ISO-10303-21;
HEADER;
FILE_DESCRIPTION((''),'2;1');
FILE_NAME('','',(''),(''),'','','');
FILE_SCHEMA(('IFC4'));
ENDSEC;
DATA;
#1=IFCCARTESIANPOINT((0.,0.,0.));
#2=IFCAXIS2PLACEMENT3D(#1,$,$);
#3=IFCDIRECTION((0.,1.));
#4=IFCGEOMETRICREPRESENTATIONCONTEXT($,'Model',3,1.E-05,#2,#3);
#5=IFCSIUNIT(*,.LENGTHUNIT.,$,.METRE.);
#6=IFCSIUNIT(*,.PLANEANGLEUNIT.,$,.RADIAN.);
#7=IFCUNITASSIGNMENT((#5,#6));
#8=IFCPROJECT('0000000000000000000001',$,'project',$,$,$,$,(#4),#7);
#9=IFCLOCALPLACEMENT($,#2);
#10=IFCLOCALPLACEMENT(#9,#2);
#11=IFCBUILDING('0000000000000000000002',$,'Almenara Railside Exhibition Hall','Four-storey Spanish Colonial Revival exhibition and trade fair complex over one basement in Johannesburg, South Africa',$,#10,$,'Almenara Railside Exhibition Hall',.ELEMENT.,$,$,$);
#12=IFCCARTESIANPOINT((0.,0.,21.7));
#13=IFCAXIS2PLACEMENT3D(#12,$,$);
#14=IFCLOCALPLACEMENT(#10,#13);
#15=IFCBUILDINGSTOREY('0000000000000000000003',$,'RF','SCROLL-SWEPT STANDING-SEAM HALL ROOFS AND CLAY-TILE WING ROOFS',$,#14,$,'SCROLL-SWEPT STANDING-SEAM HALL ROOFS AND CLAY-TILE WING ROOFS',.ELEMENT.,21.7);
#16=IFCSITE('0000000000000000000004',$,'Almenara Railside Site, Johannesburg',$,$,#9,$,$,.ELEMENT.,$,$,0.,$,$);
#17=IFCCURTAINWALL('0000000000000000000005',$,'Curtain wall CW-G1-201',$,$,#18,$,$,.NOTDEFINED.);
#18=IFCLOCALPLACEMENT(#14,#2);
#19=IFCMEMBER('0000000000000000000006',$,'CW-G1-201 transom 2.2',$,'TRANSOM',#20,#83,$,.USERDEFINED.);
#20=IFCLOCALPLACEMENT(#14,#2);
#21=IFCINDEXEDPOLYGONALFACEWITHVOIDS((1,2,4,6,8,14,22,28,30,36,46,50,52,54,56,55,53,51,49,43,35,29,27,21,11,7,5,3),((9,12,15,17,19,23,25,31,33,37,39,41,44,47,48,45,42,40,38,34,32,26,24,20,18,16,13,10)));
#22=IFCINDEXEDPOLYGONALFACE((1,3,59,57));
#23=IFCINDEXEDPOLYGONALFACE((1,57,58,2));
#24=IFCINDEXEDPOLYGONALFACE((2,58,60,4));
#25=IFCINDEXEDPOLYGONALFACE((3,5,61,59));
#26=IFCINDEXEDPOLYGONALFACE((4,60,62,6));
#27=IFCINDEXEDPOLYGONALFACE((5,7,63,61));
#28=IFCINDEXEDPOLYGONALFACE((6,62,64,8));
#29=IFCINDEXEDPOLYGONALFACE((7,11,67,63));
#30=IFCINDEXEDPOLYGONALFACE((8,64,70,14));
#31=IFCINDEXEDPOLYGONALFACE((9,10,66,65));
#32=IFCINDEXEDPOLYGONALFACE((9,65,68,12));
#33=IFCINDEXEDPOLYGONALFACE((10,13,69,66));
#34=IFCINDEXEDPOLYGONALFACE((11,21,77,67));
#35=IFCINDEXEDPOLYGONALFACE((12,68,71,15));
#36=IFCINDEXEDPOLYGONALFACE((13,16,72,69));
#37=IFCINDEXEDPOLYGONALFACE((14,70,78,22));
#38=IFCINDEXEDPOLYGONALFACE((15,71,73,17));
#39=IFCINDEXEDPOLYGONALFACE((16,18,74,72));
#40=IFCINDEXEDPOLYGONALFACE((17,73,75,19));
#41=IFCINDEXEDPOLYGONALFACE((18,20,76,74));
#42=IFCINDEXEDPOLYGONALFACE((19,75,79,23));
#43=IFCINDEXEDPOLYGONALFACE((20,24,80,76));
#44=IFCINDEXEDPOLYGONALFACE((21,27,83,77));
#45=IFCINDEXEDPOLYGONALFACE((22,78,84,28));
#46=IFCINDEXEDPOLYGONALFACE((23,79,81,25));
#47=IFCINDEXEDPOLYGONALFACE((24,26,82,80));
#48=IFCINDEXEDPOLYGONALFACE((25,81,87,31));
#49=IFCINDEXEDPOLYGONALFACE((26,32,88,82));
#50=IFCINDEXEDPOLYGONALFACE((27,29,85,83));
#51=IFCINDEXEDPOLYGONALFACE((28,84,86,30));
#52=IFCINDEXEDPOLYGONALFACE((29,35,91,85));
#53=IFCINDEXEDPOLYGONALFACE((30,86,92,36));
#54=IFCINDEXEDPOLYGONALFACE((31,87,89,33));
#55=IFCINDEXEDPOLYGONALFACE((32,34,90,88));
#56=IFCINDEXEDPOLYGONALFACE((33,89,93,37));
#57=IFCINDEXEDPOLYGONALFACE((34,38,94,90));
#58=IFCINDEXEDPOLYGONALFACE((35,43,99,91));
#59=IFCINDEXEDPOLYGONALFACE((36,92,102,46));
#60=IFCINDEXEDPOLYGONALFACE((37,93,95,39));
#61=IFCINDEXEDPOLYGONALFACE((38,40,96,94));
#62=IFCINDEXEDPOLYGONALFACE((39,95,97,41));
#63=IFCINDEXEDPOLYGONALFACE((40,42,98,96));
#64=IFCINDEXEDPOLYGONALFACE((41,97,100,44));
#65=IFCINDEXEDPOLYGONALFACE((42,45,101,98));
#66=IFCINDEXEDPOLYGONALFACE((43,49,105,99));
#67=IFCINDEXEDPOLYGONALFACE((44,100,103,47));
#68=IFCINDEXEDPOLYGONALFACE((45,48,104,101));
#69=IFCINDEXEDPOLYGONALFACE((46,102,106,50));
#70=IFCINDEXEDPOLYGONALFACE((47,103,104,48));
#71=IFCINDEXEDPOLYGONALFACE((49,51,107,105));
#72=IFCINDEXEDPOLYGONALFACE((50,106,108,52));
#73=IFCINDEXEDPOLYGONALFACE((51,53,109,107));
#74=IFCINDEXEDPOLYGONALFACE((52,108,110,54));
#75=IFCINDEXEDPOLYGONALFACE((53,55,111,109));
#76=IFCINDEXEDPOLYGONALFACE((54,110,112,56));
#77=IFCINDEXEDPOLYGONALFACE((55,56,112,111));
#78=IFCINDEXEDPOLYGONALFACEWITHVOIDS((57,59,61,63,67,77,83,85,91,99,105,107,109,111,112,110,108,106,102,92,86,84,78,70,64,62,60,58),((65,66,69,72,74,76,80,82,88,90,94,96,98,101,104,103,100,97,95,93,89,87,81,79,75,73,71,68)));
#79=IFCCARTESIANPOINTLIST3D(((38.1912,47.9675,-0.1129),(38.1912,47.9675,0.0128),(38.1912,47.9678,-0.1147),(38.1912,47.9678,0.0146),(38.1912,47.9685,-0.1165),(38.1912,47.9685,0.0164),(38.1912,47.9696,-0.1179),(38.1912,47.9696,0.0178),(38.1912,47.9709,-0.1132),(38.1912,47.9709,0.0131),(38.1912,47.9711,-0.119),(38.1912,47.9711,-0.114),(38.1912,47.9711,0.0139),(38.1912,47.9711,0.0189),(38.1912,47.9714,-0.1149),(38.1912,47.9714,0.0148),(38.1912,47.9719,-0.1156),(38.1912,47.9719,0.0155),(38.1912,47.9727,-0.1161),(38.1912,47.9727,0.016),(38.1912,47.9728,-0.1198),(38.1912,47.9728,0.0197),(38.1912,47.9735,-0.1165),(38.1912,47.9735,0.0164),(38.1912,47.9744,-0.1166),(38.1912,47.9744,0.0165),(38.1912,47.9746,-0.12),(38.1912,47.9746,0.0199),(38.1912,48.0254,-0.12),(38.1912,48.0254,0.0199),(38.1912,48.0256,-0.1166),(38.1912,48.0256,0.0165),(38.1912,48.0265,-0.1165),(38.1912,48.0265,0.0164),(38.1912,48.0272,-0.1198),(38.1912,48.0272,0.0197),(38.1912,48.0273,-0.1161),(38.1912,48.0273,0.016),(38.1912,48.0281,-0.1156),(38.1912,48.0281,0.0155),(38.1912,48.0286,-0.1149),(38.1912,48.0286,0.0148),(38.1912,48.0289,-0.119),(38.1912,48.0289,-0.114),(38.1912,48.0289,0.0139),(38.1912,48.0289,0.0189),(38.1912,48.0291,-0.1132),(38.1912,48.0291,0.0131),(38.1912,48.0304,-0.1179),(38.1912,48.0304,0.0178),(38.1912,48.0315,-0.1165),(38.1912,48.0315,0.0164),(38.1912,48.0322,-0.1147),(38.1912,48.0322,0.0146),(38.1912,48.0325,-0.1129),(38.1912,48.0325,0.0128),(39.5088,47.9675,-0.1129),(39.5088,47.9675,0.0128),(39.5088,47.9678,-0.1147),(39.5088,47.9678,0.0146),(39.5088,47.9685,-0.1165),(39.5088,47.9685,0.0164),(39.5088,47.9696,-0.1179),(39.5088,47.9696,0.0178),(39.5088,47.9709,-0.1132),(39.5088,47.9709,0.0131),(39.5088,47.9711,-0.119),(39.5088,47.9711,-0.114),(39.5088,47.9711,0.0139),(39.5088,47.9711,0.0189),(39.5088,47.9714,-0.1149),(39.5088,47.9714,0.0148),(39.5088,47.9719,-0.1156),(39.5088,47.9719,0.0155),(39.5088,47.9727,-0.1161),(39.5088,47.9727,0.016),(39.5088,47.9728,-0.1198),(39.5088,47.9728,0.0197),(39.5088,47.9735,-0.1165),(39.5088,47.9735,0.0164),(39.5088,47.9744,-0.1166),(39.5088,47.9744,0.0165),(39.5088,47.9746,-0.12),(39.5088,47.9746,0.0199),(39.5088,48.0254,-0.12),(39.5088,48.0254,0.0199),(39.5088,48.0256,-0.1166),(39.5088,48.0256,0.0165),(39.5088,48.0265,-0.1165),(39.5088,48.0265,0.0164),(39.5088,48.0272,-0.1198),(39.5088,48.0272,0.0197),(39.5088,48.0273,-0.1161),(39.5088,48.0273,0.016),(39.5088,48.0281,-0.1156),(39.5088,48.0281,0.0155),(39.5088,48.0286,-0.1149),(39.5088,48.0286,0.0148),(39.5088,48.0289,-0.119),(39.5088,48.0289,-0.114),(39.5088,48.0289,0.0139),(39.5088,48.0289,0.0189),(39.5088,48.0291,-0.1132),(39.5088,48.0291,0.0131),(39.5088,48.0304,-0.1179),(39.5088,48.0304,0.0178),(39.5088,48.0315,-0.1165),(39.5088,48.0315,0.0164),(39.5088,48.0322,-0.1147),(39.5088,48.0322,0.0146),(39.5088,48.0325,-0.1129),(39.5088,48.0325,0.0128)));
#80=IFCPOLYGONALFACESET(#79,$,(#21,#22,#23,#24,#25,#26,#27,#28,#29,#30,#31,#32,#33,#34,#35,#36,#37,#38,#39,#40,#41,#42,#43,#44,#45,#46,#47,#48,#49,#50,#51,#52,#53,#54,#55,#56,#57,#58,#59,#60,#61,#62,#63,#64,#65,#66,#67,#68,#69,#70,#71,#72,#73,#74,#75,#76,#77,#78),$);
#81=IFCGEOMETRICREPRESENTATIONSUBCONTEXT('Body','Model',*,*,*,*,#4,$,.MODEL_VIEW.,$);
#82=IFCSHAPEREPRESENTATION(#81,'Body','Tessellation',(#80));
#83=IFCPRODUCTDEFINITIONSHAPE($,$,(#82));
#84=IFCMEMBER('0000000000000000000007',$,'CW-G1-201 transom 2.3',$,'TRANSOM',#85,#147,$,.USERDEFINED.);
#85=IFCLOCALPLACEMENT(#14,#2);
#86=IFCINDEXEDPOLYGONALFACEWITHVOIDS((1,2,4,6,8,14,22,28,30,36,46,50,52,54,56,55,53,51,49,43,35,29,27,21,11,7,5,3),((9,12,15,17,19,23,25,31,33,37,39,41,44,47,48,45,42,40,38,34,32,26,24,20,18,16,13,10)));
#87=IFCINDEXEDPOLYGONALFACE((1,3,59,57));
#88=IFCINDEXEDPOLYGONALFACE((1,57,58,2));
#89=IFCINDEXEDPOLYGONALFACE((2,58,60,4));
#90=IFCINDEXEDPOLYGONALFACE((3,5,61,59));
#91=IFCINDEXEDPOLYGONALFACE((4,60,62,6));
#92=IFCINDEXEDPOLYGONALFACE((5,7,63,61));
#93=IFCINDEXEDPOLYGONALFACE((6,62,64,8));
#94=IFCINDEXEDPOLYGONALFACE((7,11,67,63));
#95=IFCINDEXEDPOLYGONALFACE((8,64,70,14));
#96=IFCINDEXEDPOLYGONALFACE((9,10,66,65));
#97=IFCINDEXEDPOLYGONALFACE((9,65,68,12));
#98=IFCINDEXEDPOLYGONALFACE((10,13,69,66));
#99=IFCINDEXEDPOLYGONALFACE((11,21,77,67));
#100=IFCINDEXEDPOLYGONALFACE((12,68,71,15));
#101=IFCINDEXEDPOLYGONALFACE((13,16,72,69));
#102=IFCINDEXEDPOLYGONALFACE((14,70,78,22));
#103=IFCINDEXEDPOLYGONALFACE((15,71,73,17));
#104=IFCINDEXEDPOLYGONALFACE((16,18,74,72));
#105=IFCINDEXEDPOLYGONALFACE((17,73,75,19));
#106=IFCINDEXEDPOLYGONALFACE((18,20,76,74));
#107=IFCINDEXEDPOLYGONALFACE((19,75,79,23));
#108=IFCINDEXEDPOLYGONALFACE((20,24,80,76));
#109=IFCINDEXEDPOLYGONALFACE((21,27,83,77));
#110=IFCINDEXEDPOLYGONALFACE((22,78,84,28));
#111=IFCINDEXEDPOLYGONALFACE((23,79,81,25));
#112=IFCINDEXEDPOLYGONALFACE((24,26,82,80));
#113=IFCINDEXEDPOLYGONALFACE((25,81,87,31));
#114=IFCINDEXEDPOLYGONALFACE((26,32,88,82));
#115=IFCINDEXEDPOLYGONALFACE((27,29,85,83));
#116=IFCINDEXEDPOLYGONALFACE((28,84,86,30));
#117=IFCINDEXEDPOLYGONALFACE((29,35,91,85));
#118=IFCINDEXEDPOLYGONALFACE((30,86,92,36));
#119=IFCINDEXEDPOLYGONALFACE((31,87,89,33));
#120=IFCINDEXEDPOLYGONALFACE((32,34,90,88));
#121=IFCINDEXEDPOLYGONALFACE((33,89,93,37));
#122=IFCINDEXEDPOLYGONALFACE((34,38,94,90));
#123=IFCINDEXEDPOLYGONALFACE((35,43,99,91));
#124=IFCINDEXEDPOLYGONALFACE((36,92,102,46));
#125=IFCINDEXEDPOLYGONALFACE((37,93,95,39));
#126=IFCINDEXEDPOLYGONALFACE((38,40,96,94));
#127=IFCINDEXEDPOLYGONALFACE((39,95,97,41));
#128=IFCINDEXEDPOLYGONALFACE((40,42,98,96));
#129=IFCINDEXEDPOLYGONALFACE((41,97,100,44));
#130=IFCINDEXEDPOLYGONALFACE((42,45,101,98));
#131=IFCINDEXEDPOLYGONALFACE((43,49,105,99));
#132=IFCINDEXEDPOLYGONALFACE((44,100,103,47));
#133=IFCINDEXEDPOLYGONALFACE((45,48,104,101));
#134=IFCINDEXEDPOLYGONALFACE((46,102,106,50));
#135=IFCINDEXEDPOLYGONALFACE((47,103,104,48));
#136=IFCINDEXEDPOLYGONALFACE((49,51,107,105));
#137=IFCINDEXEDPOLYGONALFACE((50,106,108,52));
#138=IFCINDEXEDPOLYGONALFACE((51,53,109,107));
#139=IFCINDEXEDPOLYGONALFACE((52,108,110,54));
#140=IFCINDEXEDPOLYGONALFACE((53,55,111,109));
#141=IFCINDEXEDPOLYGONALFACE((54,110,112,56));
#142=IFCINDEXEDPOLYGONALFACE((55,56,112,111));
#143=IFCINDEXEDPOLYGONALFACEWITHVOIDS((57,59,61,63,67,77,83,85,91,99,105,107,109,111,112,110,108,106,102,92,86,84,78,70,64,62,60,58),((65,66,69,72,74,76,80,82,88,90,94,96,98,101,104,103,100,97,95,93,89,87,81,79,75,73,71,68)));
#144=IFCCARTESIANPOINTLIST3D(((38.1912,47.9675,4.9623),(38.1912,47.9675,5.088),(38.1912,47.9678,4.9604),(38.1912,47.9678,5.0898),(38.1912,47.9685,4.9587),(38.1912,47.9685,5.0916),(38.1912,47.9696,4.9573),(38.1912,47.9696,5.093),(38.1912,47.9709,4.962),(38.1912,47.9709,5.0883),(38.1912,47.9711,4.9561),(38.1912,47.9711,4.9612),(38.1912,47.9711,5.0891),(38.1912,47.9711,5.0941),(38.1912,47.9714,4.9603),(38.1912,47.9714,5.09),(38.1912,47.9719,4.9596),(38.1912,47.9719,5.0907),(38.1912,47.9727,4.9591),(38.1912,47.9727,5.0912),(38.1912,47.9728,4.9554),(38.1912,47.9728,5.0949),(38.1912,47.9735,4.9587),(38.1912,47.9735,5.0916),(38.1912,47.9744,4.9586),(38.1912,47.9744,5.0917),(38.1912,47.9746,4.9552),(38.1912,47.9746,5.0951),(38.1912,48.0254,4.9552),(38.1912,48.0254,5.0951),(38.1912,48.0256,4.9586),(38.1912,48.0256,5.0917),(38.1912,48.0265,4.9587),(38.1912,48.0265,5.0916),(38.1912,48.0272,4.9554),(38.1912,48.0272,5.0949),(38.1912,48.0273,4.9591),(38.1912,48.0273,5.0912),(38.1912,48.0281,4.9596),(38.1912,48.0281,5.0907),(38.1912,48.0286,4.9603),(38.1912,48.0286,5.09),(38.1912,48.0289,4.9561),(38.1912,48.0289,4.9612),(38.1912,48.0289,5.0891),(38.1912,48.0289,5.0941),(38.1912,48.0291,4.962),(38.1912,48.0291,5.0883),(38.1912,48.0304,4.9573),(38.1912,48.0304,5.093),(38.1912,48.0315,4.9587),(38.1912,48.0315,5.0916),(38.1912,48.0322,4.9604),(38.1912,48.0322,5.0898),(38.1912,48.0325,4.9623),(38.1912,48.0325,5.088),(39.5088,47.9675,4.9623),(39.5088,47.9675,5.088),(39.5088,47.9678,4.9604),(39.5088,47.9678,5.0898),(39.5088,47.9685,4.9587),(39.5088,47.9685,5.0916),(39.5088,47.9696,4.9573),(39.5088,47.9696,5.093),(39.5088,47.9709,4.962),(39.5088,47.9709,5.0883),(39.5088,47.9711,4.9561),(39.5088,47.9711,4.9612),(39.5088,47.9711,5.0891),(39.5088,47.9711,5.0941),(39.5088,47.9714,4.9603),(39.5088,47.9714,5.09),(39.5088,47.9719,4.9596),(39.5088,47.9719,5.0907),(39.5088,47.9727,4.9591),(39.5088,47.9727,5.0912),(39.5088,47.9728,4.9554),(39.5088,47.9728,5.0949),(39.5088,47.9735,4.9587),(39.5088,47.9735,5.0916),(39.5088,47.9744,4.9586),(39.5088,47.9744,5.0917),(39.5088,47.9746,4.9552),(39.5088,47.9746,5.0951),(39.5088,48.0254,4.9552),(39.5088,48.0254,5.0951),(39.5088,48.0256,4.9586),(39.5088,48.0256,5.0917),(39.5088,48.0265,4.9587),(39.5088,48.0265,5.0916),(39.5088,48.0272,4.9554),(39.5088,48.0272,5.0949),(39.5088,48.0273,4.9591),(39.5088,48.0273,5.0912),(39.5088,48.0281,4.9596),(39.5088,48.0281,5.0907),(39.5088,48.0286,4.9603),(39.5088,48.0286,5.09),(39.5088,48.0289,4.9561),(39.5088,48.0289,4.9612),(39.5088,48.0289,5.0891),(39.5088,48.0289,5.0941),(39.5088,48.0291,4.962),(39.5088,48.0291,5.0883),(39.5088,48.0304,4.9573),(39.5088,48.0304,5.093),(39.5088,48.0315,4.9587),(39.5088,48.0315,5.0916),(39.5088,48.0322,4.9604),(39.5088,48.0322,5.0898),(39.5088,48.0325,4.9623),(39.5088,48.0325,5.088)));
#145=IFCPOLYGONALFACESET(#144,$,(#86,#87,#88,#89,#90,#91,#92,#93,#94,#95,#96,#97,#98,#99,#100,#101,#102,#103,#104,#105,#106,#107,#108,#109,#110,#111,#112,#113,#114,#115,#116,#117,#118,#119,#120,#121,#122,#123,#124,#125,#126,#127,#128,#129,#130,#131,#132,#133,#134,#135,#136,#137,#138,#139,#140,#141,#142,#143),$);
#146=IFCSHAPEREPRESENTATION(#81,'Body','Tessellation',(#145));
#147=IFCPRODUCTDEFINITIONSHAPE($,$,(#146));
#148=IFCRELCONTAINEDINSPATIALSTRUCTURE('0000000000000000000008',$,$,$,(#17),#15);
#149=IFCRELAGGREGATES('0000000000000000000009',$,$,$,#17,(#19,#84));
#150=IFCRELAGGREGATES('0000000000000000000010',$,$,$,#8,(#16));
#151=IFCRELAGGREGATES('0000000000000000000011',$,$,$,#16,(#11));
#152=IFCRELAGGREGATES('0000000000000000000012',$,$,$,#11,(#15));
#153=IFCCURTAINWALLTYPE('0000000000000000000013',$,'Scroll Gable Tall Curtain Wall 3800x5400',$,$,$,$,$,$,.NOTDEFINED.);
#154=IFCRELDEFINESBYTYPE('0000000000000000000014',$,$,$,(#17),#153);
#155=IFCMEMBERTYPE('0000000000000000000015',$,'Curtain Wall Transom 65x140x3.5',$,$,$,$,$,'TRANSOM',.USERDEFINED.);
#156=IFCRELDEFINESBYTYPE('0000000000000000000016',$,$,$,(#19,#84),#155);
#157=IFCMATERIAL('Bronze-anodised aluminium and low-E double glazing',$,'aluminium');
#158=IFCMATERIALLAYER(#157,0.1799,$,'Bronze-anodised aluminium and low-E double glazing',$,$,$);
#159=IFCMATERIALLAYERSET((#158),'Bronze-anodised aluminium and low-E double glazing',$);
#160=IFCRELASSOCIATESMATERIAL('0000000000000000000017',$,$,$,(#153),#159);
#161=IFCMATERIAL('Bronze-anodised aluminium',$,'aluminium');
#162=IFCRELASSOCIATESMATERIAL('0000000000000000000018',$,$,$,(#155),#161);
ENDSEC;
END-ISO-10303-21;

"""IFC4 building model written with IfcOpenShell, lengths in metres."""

from ifc_helpers import new_model, si_unit, direction, frame, origin, origin_2d, place, context, subcontext, project, spatial, hollow_rectangle, extrude, material, layer, layer_set, material_profile, profile_set, type_object, element, aggregate, save


model = new_model("IFC4")

# Units and contexts
model_context = context("Model", 3, precision=1e-05, world=origin(), true_north=direction((0.0, 1.0)))
body_context = subcontext(model_context, "Body", "Model", "MODEL_VIEW")
ifc_project = project(units=[si_unit("LENGTHUNIT", "METRE"), si_unit("PLANEANGLEUNIT", "RADIAN")], contexts=[model_context])

# Site, building, storey
site_placement = place(None, origin())
site = spatial("IfcSite", under=ifc_project, at=site_placement, Name="Almenara Railside Site, Johannesburg", CompositionType="ELEMENT", RefElevation=0.0)
building_placement = place(site_placement, origin())
building = spatial("IfcBuilding", under=site, at=building_placement, Name="Almenara Railside Exhibition Hall", Description="Four-storey Spanish Colonial Revival exhibition and trade fair complex over one basement in Johannesburg, South Africa", LongName="Almenara Railside Exhibition Hall", CompositionType="ELEMENT")
storey_placement = place(building_placement, frame((0.0, 0.0, 21.7)))
storey = spatial("IfcBuildingStorey", under=building, at=storey_placement, Name="RF", Description="SCROLL-SWEPT STANDING-SEAM HALL ROOFS AND CLAY-TILE WING ROOFS", LongName="SCROLL-SWEPT STANDING-SEAM HALL ROOFS AND CLAY-TILE WING ROOFS", CompositionType="ELEMENT", Elevation=21.7)

# Curtain wall, members
ifc_material_1 = material(Name="Bronze-anodised aluminium and low-E double glazing", Category="aluminium")
ifc_layer_1 = layer(ifc_material_1, 0.1799, Name="Bronze-anodised aluminium and low-E double glazing")
ifc_layer_set_1 = layer_set([ifc_layer_1], Name="Bronze-anodised aluminium and low-E double glazing")
curtain_wall_type = type_object("IfcCurtainWallType", Name="Scroll Gable Tall Curtain Wall 3800x5400", PredefinedType="NOTDEFINED", material=ifc_layer_set_1)
ifc_material_2 = material(Name="Bronze-anodised aluminium", Category="aluminium")
curtain_wall_1_placement = place(storey_placement, origin())
curtain_wall_1 = element("IfcCurtainWall", 1, at=curtain_wall_1_placement, inside=storey, type_object=curtain_wall_type, Name="Curtain wall CW-G1-201", PredefinedType="NOTDEFINED")
ifc_material_profile_1 = material_profile(ifc_material_2, hollow_rectangle(XDim=0.0649, YDim=0.1399, WallThickness=0.0034, InnerFilletRadius=0.0034, OuterFilletRadius=0.0071, at=origin_2d()), Name="ALU-TRN 65x140x3.5")
ifc_profile_set_1 = profile_set([ifc_material_profile_1], Name="Bronze-anodised aluminium")
member_type_1 = type_object("IfcMemberType", Name="Curtain Wall Transom 65x140x3.5", ElementType="TRANSOM", PredefinedType="USERDEFINED", material=ifc_profile_set_1)
member_1_placement = place(storey_placement, frame((38.1912, 48.0, -0.05), z_axis=(1.0, 0.0, 0.0), x_axis=(0.0, 1.0, 0.0)))
member_1 = element("IfcMember", 2, at=member_1_placement, type_object=member_type_1, Name="CW-G1-201 transom 2.2", ObjectType="TRANSOM", PredefinedType="USERDEFINED", context=body_context, shape_type="SweptSolid", body=[
    extrude(hollow_rectangle(XDim=0.0649, YDim=0.1399, WallThickness=0.0034, InnerFilletRadius=0.0034, OuterFilletRadius=0.0071, at=origin_2d()), origin(), (0.0, 0.0, 1.0), 1.3176),
])
member_2_placement = place(storey_placement, frame((38.1912, 48.0, 5.0251), z_axis=(1.0, 0.0, 0.0), x_axis=(0.0, 1.0, 0.0)))
member_2 = element("IfcMember", 3, at=member_2_placement, type_object=member_type_1, Name="CW-G1-201 transom 2.3", ObjectType="TRANSOM", PredefinedType="USERDEFINED", context=body_context, shape_type="SweptSolid", body=[
    extrude(hollow_rectangle(XDim=0.0649, YDim=0.1399, WallThickness=0.0034, InnerFilletRadius=0.0034, OuterFilletRadius=0.0071, at=origin_2d()), origin(), (0.0, 0.0, 1.0), 1.3176),
])

aggregate(curtain_wall_1, [member_1, member_2])

save(model, "model.ifc")
